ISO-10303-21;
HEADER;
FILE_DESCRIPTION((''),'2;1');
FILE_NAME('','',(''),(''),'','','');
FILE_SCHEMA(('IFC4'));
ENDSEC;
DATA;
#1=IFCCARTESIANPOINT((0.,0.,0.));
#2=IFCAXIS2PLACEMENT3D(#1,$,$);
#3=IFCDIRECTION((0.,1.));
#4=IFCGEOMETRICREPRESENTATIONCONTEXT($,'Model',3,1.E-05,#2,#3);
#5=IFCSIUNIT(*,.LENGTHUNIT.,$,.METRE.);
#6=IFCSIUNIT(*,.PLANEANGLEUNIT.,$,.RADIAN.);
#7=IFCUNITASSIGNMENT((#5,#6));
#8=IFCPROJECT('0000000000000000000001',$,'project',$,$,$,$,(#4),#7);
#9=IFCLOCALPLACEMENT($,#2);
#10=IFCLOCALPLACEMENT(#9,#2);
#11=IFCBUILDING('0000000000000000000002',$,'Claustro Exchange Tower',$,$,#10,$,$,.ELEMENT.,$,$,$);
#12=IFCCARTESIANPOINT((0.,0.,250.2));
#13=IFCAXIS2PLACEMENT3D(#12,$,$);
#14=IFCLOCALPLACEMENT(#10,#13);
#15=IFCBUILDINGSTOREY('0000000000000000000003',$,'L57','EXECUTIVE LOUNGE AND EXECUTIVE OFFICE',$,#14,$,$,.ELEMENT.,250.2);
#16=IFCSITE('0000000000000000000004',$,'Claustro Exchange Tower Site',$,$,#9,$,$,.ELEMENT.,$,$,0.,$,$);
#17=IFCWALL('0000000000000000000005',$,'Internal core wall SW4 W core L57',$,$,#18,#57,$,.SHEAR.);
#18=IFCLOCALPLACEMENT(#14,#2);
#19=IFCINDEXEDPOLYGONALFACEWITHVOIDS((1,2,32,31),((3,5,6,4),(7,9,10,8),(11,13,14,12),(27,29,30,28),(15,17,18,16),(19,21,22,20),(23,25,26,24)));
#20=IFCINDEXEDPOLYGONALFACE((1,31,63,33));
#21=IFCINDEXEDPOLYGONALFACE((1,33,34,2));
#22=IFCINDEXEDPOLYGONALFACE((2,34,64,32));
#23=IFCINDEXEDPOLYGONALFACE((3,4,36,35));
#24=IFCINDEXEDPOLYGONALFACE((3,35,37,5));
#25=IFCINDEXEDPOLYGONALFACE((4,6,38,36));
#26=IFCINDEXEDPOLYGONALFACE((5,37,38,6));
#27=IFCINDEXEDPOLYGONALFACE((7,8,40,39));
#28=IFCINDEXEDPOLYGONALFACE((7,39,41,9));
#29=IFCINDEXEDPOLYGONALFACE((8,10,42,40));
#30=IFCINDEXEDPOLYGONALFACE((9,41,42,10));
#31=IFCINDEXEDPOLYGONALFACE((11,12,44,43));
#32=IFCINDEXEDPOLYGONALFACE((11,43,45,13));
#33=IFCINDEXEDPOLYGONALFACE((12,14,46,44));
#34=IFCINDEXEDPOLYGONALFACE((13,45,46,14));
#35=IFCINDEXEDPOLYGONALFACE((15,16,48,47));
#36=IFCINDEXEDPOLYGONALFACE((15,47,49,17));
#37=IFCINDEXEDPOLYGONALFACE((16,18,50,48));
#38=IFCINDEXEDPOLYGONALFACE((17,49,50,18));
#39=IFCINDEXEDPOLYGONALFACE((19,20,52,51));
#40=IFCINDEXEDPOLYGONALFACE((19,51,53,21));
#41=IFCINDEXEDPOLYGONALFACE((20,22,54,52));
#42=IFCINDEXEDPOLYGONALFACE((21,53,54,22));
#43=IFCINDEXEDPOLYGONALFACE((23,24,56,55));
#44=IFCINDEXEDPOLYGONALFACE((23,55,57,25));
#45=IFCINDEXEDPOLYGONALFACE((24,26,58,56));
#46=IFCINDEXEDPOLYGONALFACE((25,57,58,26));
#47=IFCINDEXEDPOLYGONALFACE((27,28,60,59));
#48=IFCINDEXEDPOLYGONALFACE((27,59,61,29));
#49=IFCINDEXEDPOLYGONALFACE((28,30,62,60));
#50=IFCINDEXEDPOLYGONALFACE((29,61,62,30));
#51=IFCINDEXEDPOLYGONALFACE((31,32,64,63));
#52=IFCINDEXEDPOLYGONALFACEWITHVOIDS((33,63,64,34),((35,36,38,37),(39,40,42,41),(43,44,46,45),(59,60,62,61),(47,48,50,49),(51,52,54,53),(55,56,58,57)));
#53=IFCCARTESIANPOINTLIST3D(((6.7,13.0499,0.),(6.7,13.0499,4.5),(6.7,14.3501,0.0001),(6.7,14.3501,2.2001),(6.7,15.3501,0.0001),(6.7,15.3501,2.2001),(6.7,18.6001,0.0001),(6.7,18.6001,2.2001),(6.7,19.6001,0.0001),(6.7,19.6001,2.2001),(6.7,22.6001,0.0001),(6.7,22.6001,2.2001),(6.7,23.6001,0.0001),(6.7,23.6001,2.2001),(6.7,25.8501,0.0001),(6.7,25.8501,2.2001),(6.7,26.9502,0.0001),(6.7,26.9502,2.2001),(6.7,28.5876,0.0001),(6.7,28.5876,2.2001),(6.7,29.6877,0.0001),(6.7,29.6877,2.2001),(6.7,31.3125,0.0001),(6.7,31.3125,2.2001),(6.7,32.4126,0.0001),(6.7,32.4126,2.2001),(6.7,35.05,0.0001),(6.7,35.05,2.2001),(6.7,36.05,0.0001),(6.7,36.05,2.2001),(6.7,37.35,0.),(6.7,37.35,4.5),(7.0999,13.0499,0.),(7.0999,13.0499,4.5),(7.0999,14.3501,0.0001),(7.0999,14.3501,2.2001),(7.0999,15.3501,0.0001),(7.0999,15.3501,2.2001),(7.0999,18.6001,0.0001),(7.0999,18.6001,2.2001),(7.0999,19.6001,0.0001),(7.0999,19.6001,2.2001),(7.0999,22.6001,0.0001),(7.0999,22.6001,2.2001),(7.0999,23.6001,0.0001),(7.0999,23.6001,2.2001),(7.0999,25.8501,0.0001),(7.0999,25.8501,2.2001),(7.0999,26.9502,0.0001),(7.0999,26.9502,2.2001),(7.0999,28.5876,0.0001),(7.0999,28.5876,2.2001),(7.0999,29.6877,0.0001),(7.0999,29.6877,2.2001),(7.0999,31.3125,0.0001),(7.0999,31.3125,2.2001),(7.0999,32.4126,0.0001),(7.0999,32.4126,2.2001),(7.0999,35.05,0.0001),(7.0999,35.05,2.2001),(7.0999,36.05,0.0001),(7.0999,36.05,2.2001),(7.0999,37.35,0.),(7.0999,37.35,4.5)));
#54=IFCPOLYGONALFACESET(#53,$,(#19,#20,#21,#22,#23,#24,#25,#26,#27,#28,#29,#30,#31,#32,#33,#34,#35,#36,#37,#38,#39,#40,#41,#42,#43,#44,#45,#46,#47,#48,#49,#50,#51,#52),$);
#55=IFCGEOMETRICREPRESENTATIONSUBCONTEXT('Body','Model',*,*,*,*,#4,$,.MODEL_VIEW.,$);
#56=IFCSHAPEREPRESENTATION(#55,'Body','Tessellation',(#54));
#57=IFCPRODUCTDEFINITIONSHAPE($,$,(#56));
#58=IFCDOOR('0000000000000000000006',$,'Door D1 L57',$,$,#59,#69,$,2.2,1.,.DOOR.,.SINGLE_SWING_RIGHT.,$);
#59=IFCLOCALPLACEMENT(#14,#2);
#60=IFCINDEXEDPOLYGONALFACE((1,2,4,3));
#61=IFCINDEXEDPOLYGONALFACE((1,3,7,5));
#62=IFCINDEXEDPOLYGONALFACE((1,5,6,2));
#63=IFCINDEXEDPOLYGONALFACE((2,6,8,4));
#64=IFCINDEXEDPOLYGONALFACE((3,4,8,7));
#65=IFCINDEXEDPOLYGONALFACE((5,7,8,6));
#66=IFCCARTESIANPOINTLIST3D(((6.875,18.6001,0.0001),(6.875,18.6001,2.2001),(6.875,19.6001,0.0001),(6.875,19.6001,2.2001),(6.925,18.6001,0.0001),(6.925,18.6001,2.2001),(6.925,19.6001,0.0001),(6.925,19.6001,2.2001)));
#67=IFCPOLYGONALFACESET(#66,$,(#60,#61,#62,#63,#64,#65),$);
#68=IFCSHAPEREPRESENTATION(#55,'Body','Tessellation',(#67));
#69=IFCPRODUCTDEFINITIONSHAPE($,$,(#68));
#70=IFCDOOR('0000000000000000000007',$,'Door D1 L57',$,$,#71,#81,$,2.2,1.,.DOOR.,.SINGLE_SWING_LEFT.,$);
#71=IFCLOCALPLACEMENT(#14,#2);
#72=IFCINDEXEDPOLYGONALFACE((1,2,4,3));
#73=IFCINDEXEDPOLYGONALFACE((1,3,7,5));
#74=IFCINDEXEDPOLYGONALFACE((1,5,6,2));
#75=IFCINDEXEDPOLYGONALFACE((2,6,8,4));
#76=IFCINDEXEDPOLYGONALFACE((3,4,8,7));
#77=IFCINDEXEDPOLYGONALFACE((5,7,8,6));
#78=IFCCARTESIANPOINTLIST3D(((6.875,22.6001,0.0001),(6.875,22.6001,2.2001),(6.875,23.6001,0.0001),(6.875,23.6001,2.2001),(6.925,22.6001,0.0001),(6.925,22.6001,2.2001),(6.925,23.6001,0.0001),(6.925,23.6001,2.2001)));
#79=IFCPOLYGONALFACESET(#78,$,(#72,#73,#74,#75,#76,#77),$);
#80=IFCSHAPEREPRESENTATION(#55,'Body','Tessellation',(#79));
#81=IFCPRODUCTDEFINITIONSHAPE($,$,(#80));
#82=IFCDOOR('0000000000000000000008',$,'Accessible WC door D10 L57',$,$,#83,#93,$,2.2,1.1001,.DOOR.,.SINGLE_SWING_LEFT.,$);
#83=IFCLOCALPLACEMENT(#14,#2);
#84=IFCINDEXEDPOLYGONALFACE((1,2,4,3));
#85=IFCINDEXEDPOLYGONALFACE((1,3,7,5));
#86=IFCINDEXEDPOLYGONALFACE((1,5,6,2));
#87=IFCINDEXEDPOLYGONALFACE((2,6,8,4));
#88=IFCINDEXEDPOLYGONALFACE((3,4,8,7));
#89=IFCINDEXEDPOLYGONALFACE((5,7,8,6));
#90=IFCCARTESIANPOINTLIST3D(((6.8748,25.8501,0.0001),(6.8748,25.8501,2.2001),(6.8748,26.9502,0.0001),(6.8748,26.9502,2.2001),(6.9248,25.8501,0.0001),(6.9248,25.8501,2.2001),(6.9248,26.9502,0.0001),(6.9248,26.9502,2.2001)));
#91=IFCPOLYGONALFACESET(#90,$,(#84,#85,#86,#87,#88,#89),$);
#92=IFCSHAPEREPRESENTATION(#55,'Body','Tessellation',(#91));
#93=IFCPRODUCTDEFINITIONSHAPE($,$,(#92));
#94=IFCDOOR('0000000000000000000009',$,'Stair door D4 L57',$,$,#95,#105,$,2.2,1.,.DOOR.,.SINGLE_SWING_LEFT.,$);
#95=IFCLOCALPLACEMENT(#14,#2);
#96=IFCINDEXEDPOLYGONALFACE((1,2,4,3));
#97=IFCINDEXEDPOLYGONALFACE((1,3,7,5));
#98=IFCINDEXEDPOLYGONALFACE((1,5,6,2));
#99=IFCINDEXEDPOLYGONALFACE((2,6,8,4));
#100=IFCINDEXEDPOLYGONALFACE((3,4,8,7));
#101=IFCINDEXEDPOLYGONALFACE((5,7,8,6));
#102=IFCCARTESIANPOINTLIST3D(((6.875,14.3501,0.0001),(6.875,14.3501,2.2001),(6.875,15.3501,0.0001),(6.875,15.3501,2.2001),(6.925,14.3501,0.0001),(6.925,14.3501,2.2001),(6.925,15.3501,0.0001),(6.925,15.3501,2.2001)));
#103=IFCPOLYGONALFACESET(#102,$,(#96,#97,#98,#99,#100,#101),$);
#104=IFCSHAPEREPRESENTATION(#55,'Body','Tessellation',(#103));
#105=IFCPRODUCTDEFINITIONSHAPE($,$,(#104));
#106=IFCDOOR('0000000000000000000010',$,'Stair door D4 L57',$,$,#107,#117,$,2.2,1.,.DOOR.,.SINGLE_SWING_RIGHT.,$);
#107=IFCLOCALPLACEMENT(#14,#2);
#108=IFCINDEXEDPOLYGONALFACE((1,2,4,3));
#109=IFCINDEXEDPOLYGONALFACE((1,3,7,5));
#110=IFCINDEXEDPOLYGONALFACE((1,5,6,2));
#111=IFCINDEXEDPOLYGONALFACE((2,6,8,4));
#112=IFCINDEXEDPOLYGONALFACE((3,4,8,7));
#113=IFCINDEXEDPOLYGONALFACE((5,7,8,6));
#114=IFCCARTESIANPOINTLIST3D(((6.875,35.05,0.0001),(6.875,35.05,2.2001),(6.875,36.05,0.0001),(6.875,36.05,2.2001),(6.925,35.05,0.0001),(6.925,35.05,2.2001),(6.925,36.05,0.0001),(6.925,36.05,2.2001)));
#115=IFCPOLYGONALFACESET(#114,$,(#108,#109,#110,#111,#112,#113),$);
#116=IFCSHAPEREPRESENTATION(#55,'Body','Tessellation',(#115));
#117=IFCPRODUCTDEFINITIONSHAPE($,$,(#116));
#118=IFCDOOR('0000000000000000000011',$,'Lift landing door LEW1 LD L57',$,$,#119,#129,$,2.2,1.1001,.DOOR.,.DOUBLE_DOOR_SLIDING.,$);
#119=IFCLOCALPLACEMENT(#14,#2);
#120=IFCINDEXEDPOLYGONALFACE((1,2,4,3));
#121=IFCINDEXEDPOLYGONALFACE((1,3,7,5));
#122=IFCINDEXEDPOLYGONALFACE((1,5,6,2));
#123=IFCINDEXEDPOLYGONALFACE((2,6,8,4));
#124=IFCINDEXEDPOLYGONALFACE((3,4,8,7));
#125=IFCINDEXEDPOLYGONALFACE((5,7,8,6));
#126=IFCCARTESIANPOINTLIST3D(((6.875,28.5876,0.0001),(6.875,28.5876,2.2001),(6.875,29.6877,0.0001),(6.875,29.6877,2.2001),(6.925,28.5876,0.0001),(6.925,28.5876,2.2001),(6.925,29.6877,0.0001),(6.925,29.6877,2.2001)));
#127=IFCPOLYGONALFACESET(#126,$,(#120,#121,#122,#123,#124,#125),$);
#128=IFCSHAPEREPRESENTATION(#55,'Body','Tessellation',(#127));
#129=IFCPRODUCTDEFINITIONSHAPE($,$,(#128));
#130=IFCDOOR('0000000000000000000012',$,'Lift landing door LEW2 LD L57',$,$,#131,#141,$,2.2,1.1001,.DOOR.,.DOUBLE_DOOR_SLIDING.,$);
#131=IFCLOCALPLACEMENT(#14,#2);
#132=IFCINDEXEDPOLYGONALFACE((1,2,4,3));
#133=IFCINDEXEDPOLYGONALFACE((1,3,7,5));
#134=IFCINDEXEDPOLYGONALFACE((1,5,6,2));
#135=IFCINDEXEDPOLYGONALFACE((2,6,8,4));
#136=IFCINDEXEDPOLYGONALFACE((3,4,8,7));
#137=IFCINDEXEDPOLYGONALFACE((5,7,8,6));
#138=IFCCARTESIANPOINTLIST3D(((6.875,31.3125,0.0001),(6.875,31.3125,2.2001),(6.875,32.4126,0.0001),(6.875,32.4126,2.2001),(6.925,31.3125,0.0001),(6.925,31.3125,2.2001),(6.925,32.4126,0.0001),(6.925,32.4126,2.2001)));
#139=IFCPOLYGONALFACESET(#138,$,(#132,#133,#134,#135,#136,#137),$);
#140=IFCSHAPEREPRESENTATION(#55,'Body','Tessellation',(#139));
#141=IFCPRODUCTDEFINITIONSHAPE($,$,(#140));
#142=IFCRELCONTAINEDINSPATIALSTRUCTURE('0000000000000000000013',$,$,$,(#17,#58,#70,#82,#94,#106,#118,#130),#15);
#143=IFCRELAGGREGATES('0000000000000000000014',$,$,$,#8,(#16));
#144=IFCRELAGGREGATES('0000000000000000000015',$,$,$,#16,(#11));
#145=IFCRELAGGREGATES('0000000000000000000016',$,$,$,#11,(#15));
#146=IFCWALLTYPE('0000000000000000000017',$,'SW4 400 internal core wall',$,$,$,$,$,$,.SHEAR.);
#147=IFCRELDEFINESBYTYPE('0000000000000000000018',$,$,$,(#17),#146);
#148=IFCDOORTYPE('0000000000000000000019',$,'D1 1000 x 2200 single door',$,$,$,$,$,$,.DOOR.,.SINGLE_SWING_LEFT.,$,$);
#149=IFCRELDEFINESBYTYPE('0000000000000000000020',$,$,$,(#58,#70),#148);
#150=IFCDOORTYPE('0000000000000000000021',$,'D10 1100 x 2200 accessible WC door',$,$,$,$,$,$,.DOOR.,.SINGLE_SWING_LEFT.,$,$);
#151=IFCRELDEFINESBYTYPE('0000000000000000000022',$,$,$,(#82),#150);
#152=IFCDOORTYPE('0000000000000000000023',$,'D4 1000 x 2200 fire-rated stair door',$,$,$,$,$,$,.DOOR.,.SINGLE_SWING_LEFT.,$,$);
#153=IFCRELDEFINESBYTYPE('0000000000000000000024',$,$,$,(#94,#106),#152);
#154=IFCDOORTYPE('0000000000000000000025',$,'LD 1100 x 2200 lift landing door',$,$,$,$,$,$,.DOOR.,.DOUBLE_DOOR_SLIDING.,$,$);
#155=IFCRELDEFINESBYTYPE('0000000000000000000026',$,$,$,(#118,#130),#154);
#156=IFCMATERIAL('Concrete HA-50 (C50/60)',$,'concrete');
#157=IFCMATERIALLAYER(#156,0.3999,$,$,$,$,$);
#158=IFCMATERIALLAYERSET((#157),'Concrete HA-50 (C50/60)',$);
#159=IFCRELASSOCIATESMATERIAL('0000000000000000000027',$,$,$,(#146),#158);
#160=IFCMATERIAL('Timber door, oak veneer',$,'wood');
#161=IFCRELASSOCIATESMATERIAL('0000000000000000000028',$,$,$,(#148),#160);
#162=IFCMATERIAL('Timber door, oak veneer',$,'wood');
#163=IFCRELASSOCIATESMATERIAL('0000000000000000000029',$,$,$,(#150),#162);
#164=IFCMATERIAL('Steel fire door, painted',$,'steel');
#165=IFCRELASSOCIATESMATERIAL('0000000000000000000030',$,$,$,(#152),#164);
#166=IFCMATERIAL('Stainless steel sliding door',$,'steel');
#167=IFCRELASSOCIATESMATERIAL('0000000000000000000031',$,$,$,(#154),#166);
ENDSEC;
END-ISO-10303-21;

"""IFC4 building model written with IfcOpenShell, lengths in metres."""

from ifc_helpers import new_model, si_unit, direction, frame, frame_2d, origin, place, context, subcontext, project, spatial, rectangle, extrude, material, layer, layer_set, type_object, element, fill, save


model = new_model("IFC4")

# Units and contexts
model_context = context("Model", 3, precision=1e-05, world=origin(), true_north=direction((0.0, 1.0)))
body_context = subcontext(model_context, "Body", "Model", "MODEL_VIEW")
ifc_project = project(units=[si_unit("LENGTHUNIT", "METRE"), si_unit("PLANEANGLEUNIT", "RADIAN")], contexts=[model_context])

# Site, building, storey
site_placement = place(None, origin())
site = spatial("IfcSite", under=ifc_project, at=site_placement, Name="Claustro Exchange Tower Site", CompositionType="ELEMENT", RefElevation=0.0)
building_placement = place(site_placement, origin())
building = spatial("IfcBuilding", under=site, at=building_placement, Name="Claustro Exchange Tower", CompositionType="ELEMENT")
storey_placement = place(building_placement, frame((0.0, 0.0, 250.2)))
storey = spatial("IfcBuildingStorey", under=building, at=storey_placement, Name="L57", Description="EXECUTIVE LOUNGE AND EXECUTIVE OFFICE", CompositionType="ELEMENT", Elevation=250.2)

# Wall, openings, doors
ifc_material_1 = material(Name="Concrete HA-50 (C50/60)", Category="concrete")
ifc_layer_1 = layer(ifc_material_1, 0.3999)
ifc_layer_set_1 = layer_set([ifc_layer_1], Name="Concrete HA-50 (C50/60)")
wall_type_1 = type_object("IfcWallType", Name="SW4 400 internal core wall", PredefinedType="SHEAR", material=ifc_layer_set_1)
wall_1_placement = place(storey_placement, frame((6.8999, 13.05, 0.0), z_axis=(0.0, 0.0, 1.0), x_axis=(0.0, 1.0, 0.0)))
wall_1 = element("IfcWall", 1, at=wall_1_placement, inside=storey, type_object=wall_type_1, Name="Internal core wall SW4 W core L57", PredefinedType="SHEAR", context=body_context, shape_type="SweptSolid", body=[
    extrude(rectangle(XDim=24.3, YDim=0.3999, at=frame_2d((12.1499, 0.0))), origin(), (0.0, 0.0, 1.0), 4.5),
])
opening_1_placement = place(wall_1_placement, frame((1.3, 0.0, 0.0)))
opening_1 = element("IfcOpeningElement", 2, at=opening_1_placement, cuts=wall_1, PredefinedType="OPENING", context=body_context, shape_type="SweptSolid", body=[
    extrude(rectangle(XDim=1.0, YDim=2.2, at=frame_2d((0.5, 1.1001))), frame((0.0, 0.21, 0.0), z_axis=(0.0, -1.0, 0.0), x_axis=(1.0, 0.0, 0.0)), (0.0, 0.0, 1.0), 0.4199),
])
opening_2_placement = place(wall_1_placement, frame((22.0, 0.0, 0.0)))
opening_2 = element("IfcOpeningElement", 3, at=opening_2_placement, cuts=wall_1, PredefinedType="OPENING", context=body_context, shape_type="SweptSolid", body=[
    extrude(rectangle(XDim=1.0, YDim=2.2, at=frame_2d((0.5, 1.1001))), frame((0.0, 0.21, 0.0), z_axis=(0.0, -1.0, 0.0), x_axis=(1.0, 0.0, 0.0)), (0.0, 0.0, 1.0), 0.4199),
])
opening_3_placement = place(wall_1_placement, frame((5.55, 0.0, 0.0)))
opening_3 = element("IfcOpeningElement", 4, at=opening_3_placement, cuts=wall_1, PredefinedType="OPENING", context=body_context, shape_type="SweptSolid", body=[
    extrude(rectangle(XDim=1.0, YDim=2.2, at=frame_2d((0.5, 1.1001))), frame((0.0, 0.21, 0.0), z_axis=(0.0, -1.0, 0.0), x_axis=(1.0, 0.0, 0.0)), (0.0, 0.0, 1.0), 0.4199),
])
opening_4_placement = place(wall_1_placement, frame((9.55, 0.0, 0.0)))
opening_4 = element("IfcOpeningElement", 5, at=opening_4_placement, cuts=wall_1, PredefinedType="OPENING", context=body_context, shape_type="SweptSolid", body=[
    extrude(rectangle(XDim=1.0, YDim=2.2, at=frame_2d((0.5, 1.1001))), frame((0.0, 0.21, 0.0), z_axis=(0.0, -1.0, 0.0), x_axis=(1.0, 0.0, 0.0)), (0.0, 0.0, 1.0), 0.4199),
])
opening_5_placement = place(wall_1_placement, frame((12.8, 0.0, 0.0)))
opening_5 = element("IfcOpeningElement", 6, at=opening_5_placement, cuts=wall_1, PredefinedType="OPENING", context=body_context, shape_type="SweptSolid", body=[
    extrude(rectangle(XDim=1.1001, YDim=2.2, at=frame_2d((0.55, 1.1001))), frame((0.0, 0.21, 0.0), z_axis=(0.0, -1.0, 0.0), x_axis=(1.0, 0.0, 0.0)), (0.0, 0.0, 1.0), 0.4199),
])
opening_6_placement = place(wall_1_placement, frame((15.5376, 0.0, 0.0)))
opening_6 = element("IfcOpeningElement", 7, at=opening_6_placement, cuts=wall_1, PredefinedType="OPENING", context=body_context, shape_type="SweptSolid", body=[
    extrude(rectangle(XDim=1.1001, YDim=2.2, at=frame_2d((0.55, 1.1001))), frame((0.0, 0.21, 0.0), z_axis=(0.0, -1.0, 0.0), x_axis=(1.0, 0.0, 0.0)), (0.0, 0.0, 1.0), 0.4199),
])
opening_7_placement = place(wall_1_placement, frame((18.2625, 0.0, 0.0)))
opening_7 = element("IfcOpeningElement", 8, at=opening_7_placement, cuts=wall_1, PredefinedType="OPENING", context=body_context, shape_type="SweptSolid", body=[
    extrude(rectangle(XDim=1.1001, YDim=2.2, at=frame_2d((0.55, 1.1001))), frame((0.0, 0.21, 0.0), z_axis=(0.0, -1.0, 0.0), x_axis=(1.0, 0.0, 0.0)), (0.0, 0.0, 1.0), 0.4199),
])
ifc_material_2 = material(Name="Timber door, oak veneer", Category="wood")
door_type_1 = type_object("IfcDoorType", Name="D1 1000 x 2200 single door", OperationType="SINGLE_SWING_LEFT", PredefinedType="DOOR", material=ifc_material_2)
door_1_placement = place(opening_3_placement, origin())
door_1 = element("IfcDoor", 9, at=door_1_placement, inside=storey, type_object=door_type_1, Name="Door D1 L57", OperationType="SINGLE_SWING_RIGHT", OverallHeight=2.2, OverallWidth=1.0, PredefinedType="DOOR", context=body_context, shape_type="SweptSolid", body=[
    extrude(rectangle(XDim=1.0, YDim=2.2, at=frame_2d((0.5, 1.1001))), frame((0.0, 0.0249, 0.0), z_axis=(0.0, -1.0, 0.0), x_axis=(1.0, 0.0, 0.0)), (0.0, 0.0, 1.0), 0.05),
])
fill(opening_3, door_1)
door_2_placement = place(opening_4_placement, origin())
door_2 = element("IfcDoor", 10, at=door_2_placement, inside=storey, type_object=door_type_1, Name="Door D1 L57", OperationType="SINGLE_SWING_LEFT", OverallHeight=2.2, OverallWidth=1.0, PredefinedType="DOOR", context=body_context, shape_type="SweptSolid", body=[
    extrude(rectangle(XDim=1.0, YDim=2.2, at=frame_2d((0.5, 1.1001))), frame((0.0, 0.0249, 0.0), z_axis=(0.0, -1.0, 0.0), x_axis=(1.0, 0.0, 0.0)), (0.0, 0.0, 1.0), 0.05),
])
fill(opening_4, door_2)
ifc_material_3 = material(Name="Timber door, oak veneer", Category="wood")
door_type_2 = type_object("IfcDoorType", Name="D10 1100 x 2200 accessible WC door", OperationType="SINGLE_SWING_LEFT", PredefinedType="DOOR", material=ifc_material_3)
door_3_placement = place(opening_5_placement, frame((1.1001, 0.0, 0.0), z_axis=(0.0, 0.0, 1.0), x_axis=(-1.0, 0.0, 0.0)))
door_3 = element("IfcDoor", 11, at=door_3_placement, inside=storey, type_object=door_type_2, Name="Accessible WC door D10 L57", OperationType="SINGLE_SWING_LEFT", OverallHeight=2.2, OverallWidth=1.1001, PredefinedType="DOOR", context=body_context, shape_type="SweptSolid", body=[
    extrude(rectangle(XDim=1.1001, YDim=2.2, at=frame_2d((0.55, 1.1001))), frame((0.0, 0.0249, 0.0), z_axis=(0.0, -1.0, 0.0), x_axis=(1.0, 0.0, 0.0)), (0.0, 0.0, 1.0), 0.05),
])
fill(opening_5, door_3)
ifc_material_4 = material(Name="Steel fire door, painted", Category="steel")
door_type_3 = type_object("IfcDoorType", Name="D4 1000 x 2200 fire-rated stair door", OperationType="SINGLE_SWING_LEFT", PredefinedType="DOOR", material=ifc_material_4)
door_4_placement = place(opening_1_placement, origin())
door_4 = element("IfcDoor", 12, at=door_4_placement, inside=storey, type_object=door_type_3, Name="Stair door D4 L57", OperationType="SINGLE_SWING_LEFT", OverallHeight=2.2, OverallWidth=1.0, PredefinedType="DOOR", context=body_context, shape_type="SweptSolid", body=[
    extrude(rectangle(XDim=1.0, YDim=2.2, at=frame_2d((0.5, 1.1001))), frame((0.0, 0.0249, 0.0), z_axis=(0.0, -1.0, 0.0), x_axis=(1.0, 0.0, 0.0)), (0.0, 0.0, 1.0), 0.05),
])
fill(opening_1, door_4)
door_5_placement = place(opening_2_placement, origin())
door_5 = element("IfcDoor", 13, at=door_5_placement, inside=storey, type_object=door_type_3, Name="Stair door D4 L57", OperationType="SINGLE_SWING_RIGHT", OverallHeight=2.2, OverallWidth=1.0, PredefinedType="DOOR", context=body_context, shape_type="SweptSolid", body=[
    extrude(rectangle(XDim=1.0, YDim=2.2, at=frame_2d((0.5, 1.1001))), frame((0.0, 0.0249, 0.0), z_axis=(0.0, -1.0, 0.0), x_axis=(1.0, 0.0, 0.0)), (0.0, 0.0, 1.0), 0.05),
])
fill(opening_2, door_5)
ifc_material_5 = material(Name="Stainless steel sliding door", Category="steel")
door_type_4 = type_object("IfcDoorType", Name="LD 1100 x 2200 lift landing door", OperationType="DOUBLE_DOOR_SLIDING", PredefinedType="DOOR", material=ifc_material_5)
door_6_placement = place(opening_6_placement, origin())
door_6 = element("IfcDoor", 14, at=door_6_placement, inside=storey, type_object=door_type_4, Name="Lift landing door LEW1 LD L57", OperationType="DOUBLE_DOOR_SLIDING", OverallHeight=2.2, OverallWidth=1.1001, PredefinedType="DOOR", context=body_context, shape_type="SweptSolid", body=[
    extrude(rectangle(XDim=1.1001, YDim=2.2, at=frame_2d((0.55, 1.1001))), frame((0.0, 0.0249, 0.0), z_axis=(0.0, -1.0, 0.0), x_axis=(1.0, 0.0, 0.0)), (0.0, 0.0, 1.0), 0.05),
])
fill(opening_6, door_6)
door_7_placement = place(opening_7_placement, origin())
door_7 = element("IfcDoor", 15, at=door_7_placement, inside=storey, type_object=door_type_4, Name="Lift landing door LEW2 LD L57", OperationType="DOUBLE_DOOR_SLIDING", OverallHeight=2.2, OverallWidth=1.1001, PredefinedType="DOOR", context=body_context, shape_type="SweptSolid", body=[
    extrude(rectangle(XDim=1.1001, YDim=2.2, at=frame_2d((0.55, 1.1001))), frame((0.0, 0.0249, 0.0), z_axis=(0.0, -1.0, 0.0), x_axis=(1.0, 0.0, 0.0)), (0.0, 0.0, 1.0), 0.05),
])
fill(opening_7, door_7)

save(model, "model.ifc")
